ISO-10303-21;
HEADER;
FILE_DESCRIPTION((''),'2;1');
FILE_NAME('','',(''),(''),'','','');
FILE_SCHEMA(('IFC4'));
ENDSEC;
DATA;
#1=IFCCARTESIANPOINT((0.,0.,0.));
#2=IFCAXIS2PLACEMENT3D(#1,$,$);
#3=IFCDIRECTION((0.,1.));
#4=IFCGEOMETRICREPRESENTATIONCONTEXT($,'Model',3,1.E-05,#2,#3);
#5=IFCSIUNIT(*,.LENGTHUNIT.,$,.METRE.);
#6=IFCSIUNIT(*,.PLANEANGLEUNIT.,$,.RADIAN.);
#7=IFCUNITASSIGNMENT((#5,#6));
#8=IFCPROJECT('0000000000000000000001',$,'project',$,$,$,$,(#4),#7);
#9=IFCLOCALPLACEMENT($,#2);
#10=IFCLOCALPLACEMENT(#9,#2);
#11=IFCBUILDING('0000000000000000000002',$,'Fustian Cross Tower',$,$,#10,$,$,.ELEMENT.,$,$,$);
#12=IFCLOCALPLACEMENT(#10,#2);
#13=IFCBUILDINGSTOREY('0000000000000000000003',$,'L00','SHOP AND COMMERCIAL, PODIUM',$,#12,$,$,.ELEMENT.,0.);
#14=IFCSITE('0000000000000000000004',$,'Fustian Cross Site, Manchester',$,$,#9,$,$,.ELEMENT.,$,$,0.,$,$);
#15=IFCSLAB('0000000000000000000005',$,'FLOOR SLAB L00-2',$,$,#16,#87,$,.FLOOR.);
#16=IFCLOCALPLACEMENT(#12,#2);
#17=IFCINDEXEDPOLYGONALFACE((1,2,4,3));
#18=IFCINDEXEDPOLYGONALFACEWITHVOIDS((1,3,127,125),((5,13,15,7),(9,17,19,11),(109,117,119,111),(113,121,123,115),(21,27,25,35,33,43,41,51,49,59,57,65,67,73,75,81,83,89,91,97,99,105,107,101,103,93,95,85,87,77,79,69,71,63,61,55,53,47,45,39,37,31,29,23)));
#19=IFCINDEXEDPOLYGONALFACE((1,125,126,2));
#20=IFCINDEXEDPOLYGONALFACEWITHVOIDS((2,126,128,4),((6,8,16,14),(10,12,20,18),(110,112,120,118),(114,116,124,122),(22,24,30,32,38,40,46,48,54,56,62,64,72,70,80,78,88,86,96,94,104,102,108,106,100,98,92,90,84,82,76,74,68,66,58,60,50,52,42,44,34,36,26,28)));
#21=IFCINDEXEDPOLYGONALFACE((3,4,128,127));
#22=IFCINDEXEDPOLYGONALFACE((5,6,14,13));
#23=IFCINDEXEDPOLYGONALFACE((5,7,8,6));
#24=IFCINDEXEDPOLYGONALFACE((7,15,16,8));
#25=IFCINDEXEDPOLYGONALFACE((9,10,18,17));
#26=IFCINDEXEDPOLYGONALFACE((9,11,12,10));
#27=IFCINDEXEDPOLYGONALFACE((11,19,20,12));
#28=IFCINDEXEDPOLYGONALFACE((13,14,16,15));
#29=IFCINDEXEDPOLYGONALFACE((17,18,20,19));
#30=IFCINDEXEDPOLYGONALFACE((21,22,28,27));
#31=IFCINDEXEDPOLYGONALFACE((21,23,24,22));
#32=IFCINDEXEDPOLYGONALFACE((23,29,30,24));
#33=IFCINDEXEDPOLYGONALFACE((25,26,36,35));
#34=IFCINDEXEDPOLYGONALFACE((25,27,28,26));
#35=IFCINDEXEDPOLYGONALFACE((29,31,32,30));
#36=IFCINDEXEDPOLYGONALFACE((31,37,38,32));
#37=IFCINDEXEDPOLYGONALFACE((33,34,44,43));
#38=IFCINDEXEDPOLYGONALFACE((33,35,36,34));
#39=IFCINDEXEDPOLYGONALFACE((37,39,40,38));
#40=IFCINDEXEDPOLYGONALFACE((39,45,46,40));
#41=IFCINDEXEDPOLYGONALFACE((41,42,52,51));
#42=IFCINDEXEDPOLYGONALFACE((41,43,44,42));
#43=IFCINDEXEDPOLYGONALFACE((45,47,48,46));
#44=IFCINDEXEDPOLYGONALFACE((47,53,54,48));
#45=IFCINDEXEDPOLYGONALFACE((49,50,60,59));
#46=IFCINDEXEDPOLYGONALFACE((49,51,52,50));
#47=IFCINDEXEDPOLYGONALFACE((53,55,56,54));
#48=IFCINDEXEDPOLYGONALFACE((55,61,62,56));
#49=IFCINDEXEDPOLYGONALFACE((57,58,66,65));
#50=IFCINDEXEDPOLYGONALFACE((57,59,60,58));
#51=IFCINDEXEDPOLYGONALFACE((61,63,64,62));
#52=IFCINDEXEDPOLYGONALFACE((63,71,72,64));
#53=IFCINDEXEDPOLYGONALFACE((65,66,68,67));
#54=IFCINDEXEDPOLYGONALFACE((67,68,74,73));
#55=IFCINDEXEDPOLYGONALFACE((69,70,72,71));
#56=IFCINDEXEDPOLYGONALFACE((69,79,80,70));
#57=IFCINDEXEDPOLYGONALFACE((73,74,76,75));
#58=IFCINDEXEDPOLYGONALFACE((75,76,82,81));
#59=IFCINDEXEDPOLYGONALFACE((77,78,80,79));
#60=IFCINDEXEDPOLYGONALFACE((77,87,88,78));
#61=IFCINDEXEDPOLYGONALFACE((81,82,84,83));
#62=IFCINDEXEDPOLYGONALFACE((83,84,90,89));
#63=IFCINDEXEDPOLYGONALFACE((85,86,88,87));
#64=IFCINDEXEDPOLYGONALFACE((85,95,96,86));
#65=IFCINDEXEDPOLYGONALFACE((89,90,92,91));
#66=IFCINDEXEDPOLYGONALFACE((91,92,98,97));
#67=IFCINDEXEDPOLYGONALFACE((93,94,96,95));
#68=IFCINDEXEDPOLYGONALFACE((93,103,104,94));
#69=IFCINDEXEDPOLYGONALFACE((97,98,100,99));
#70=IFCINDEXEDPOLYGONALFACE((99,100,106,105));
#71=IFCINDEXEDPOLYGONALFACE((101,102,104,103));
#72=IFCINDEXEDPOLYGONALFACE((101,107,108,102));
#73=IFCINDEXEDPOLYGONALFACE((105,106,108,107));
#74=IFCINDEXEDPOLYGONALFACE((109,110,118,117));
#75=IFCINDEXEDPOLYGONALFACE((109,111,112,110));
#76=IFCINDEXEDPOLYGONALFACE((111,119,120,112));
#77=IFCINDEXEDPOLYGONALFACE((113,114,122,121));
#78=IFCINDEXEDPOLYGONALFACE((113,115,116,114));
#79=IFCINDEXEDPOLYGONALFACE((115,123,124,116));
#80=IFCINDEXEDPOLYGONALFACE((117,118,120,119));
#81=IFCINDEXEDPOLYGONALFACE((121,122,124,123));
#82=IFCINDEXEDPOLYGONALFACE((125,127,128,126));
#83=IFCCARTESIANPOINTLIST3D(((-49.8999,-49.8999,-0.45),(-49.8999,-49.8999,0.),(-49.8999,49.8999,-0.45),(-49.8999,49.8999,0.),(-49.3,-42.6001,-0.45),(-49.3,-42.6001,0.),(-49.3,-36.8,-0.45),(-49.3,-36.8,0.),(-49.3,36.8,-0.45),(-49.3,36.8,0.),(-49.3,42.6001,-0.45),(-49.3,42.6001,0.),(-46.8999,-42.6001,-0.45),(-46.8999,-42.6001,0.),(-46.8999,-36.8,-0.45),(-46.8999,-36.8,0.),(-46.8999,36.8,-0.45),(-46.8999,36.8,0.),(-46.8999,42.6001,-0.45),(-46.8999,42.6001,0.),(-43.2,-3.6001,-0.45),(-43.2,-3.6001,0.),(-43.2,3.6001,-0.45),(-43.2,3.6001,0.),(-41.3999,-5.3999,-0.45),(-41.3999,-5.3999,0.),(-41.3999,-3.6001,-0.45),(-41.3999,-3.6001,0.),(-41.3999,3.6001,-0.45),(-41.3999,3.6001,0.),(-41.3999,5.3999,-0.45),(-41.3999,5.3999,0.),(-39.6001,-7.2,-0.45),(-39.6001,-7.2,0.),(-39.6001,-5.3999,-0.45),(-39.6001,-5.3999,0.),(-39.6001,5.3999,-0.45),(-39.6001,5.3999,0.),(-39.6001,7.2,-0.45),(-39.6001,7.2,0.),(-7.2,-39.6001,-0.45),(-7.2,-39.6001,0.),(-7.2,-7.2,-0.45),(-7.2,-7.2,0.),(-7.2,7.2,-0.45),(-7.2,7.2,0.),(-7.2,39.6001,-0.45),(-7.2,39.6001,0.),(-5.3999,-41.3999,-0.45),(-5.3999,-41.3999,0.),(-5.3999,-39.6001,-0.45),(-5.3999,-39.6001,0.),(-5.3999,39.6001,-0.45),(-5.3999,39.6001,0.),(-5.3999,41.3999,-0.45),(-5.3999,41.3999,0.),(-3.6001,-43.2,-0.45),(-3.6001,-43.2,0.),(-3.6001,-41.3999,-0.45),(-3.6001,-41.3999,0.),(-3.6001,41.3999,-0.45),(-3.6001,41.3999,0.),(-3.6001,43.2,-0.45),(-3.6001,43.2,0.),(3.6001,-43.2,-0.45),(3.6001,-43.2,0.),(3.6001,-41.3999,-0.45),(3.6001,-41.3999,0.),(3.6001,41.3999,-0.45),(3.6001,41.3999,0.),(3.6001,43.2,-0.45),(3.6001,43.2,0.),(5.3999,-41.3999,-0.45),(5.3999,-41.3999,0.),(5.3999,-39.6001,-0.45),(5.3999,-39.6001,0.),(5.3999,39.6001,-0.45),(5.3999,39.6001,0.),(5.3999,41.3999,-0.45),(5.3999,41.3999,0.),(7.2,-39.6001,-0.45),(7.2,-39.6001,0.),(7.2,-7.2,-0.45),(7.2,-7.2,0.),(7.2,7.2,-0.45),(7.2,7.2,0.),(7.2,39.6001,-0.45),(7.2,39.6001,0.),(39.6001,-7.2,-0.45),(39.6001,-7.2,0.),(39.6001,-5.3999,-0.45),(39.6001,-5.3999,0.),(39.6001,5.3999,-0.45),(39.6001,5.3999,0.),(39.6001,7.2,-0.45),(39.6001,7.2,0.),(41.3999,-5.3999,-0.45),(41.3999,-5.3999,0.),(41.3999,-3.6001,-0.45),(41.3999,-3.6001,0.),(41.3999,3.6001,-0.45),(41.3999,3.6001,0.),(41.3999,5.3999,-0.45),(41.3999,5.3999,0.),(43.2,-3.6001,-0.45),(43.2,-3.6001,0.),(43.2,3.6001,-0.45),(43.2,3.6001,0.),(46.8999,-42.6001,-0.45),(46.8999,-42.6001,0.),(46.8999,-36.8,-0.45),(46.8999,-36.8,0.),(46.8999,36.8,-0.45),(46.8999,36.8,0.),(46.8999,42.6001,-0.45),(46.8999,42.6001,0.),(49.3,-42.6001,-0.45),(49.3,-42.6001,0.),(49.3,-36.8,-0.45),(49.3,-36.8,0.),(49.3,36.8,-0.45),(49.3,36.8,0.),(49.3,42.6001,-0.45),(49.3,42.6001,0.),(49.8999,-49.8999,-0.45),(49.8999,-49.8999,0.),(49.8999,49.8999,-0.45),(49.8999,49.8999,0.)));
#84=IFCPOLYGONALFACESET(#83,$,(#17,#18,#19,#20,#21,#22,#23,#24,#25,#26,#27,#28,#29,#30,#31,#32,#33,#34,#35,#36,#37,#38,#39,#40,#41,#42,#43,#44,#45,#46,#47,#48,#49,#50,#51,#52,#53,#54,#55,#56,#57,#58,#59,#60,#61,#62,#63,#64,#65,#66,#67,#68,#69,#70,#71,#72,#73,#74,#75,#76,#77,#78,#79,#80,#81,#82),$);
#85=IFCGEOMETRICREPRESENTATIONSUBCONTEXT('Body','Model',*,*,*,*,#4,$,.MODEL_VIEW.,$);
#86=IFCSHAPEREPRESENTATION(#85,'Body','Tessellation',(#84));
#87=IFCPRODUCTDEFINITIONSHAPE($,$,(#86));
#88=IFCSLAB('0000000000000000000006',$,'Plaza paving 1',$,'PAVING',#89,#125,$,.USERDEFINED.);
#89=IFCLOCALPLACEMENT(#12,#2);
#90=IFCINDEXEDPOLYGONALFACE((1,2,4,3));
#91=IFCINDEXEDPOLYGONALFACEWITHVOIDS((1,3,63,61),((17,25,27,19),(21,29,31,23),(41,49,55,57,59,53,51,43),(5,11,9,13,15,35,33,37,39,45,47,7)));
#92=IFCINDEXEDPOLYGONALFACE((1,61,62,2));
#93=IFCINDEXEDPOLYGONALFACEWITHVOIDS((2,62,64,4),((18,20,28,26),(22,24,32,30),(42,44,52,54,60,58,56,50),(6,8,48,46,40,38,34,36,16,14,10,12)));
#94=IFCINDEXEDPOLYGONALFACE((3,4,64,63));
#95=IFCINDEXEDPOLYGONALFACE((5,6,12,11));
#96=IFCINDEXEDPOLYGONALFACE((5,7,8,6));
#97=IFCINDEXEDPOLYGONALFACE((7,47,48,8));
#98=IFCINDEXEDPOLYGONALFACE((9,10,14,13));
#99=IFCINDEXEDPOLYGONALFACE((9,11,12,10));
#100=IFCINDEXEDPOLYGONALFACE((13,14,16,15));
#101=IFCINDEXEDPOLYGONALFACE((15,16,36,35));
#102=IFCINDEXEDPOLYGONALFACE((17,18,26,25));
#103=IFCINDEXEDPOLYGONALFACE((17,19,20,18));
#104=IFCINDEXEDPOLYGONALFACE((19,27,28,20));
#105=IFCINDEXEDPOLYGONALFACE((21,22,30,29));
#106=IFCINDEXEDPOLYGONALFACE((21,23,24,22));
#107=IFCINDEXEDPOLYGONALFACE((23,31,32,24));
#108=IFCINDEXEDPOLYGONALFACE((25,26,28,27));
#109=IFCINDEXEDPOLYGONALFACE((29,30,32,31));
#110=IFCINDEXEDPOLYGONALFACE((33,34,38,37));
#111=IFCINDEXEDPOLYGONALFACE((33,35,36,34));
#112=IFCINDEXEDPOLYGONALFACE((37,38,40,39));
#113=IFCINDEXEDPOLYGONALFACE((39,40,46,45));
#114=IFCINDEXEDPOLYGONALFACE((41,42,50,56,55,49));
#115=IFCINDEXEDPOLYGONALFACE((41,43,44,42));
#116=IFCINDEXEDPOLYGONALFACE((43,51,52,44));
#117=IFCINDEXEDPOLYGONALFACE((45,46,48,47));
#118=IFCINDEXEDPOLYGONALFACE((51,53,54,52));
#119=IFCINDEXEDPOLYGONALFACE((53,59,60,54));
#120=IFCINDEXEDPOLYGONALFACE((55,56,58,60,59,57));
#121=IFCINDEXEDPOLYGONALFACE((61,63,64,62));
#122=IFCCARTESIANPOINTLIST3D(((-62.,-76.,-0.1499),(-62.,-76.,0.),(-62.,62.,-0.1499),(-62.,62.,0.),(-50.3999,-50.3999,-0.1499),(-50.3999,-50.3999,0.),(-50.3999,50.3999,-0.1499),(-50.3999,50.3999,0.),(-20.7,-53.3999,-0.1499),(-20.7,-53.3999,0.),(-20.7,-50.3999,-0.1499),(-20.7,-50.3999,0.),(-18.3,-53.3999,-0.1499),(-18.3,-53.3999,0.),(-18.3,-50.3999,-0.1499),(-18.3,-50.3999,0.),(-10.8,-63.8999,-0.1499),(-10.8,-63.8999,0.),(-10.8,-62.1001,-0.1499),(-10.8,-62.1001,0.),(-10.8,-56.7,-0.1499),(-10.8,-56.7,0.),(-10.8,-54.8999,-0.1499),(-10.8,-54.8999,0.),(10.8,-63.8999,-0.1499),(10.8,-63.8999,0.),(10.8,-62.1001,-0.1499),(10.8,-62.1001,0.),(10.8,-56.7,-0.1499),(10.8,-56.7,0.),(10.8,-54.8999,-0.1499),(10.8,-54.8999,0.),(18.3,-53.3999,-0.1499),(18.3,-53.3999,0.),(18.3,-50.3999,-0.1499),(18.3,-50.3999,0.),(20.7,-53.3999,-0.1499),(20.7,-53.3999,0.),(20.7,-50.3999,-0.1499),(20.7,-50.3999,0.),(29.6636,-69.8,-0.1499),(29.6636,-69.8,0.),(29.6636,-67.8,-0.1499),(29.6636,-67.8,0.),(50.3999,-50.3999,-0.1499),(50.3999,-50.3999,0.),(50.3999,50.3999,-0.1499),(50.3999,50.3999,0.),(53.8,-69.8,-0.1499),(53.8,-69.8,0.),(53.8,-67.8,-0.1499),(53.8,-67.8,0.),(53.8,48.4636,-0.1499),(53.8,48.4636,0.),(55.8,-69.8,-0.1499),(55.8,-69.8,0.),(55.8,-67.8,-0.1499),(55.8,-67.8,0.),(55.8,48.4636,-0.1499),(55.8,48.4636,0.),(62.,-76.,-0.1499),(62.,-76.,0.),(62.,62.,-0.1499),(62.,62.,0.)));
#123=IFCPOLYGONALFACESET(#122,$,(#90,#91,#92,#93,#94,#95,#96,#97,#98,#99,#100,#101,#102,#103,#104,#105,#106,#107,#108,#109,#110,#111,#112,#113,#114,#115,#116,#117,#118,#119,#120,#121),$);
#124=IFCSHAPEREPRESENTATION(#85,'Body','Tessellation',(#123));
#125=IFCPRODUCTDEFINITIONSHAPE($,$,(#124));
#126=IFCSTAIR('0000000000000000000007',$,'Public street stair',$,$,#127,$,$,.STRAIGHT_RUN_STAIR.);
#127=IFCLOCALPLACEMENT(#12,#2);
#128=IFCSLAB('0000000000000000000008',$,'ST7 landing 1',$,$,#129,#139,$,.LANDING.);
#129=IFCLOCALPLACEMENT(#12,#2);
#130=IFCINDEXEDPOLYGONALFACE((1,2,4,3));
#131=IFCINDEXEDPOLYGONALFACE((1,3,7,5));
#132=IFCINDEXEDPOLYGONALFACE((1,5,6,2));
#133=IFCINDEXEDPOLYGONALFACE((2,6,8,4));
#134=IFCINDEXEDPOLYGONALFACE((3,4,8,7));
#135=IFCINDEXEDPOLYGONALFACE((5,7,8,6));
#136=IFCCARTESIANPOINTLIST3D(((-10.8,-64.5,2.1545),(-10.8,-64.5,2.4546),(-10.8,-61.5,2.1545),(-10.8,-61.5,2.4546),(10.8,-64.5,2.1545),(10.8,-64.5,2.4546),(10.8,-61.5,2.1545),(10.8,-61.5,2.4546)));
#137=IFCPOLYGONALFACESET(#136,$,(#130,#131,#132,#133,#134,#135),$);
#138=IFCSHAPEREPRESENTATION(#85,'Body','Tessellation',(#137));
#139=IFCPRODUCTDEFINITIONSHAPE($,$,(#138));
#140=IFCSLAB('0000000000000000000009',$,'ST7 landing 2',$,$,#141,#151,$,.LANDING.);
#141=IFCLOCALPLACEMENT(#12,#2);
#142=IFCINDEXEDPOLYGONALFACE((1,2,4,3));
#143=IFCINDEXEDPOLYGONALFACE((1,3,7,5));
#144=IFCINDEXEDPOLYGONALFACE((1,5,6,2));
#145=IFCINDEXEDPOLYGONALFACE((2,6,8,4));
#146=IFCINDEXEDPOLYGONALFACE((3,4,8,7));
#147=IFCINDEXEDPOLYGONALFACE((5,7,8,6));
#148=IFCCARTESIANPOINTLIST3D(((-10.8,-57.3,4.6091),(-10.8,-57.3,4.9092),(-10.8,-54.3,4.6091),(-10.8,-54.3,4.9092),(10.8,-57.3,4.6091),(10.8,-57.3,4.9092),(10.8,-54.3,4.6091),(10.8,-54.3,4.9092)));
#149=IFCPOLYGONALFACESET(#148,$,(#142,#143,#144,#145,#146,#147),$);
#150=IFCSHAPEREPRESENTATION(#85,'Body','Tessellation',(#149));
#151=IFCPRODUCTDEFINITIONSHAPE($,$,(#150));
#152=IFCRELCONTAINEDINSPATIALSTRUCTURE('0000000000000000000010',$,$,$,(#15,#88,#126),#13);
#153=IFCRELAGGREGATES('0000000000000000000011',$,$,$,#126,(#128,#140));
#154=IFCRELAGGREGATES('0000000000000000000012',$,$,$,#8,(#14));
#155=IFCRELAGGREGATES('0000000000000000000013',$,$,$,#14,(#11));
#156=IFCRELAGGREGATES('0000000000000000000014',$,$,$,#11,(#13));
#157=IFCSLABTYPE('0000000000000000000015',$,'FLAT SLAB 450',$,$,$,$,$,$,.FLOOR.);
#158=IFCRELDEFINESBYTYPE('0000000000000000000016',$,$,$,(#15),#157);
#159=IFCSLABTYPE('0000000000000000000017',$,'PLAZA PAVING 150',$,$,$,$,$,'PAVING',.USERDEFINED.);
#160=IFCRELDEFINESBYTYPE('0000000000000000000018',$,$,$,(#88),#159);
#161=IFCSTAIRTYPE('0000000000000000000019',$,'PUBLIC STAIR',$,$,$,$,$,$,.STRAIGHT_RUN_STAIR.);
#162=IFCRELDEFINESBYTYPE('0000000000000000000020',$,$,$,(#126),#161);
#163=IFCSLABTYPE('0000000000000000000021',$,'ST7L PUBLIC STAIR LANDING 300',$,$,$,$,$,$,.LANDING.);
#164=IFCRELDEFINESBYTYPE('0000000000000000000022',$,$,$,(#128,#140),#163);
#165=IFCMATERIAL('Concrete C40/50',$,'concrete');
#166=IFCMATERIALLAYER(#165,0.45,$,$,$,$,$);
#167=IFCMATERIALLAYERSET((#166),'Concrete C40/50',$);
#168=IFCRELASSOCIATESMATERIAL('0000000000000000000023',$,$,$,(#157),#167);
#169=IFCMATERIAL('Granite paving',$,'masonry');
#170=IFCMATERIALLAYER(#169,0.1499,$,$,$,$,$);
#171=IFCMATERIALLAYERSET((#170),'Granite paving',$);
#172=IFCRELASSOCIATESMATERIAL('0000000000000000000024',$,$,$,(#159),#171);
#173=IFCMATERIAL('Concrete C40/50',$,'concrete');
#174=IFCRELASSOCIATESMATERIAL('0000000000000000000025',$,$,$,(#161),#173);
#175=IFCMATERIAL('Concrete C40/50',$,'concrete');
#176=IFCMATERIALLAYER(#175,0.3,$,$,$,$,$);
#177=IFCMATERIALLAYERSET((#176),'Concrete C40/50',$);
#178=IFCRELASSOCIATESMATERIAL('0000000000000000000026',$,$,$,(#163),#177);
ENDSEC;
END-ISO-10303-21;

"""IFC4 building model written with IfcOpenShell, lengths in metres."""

from ifc_helpers import new_model, si_unit, direction, frame, origin, place, context, subcontext, project, spatial, polyline, outline, extrude, material, layer, layer_set, type_object, element, aggregate, save


model = new_model("IFC4")

# Units and contexts
model_context = context("Model", 3, precision=1e-05, world=origin(), true_north=direction((0.0, 1.0)))
body_context = subcontext(model_context, "Body", "Model", "MODEL_VIEW")
ifc_project = project(units=[si_unit("LENGTHUNIT", "METRE"), si_unit("PLANEANGLEUNIT", "RADIAN")], contexts=[model_context])

# Site, building, storey
site_placement = place(None, origin())
site = spatial("IfcSite", under=ifc_project, at=site_placement, Name="Fustian Cross Site, Manchester", CompositionType="ELEMENT", RefElevation=0.0)
building_placement = place(site_placement, origin())
building = spatial("IfcBuilding", under=site, at=building_placement, Name="Fustian Cross Tower", CompositionType="ELEMENT")
storey_placement = place(building_placement, origin())
storey = spatial("IfcBuildingStorey", under=building, at=storey_placement, Name="L00", Description="SHOP AND COMMERCIAL, PODIUM", CompositionType="ELEMENT", Elevation=0.0)

# Slabs
ifc_material_1 = material(Name="Concrete C40/50", Category="concrete")
ifc_layer_1 = layer(ifc_material_1, 0.45)
ifc_layer_set_1 = layer_set([ifc_layer_1], Name="Concrete C40/50")
slab_type_1 = type_object("IfcSlabType", Name="FLAT SLAB 450", PredefinedType="FLOOR", material=ifc_layer_set_1)
slab_1_placement = place(storey_placement, frame((0.0, 0.0, -0.45)))
element("IfcSlab", 1, at=slab_1_placement, inside=storey, type_object=slab_type_1, Name="FLOOR SLAB L00-2", PredefinedType="FLOOR", context=body_context, shape_type="SweptSolid", body=[
    extrude(outline(polyline([(49.8999, 49.8999), (49.8999, -49.8999), (-49.8999, -49.8999), (-49.8999, 49.8999), (49.8999, 49.8999)]), holes=[polyline([(49.3, 42.6001), (46.8999, 42.6001), (46.8999, 36.8), (49.3, 36.8), (49.3, 42.6001)]), polyline([(-46.8999, 36.8), (-46.8999, 42.6001), (-49.3, 42.6001), (-49.3, 36.8), (-46.8999, 36.8)]), polyline([(46.8999, -42.6001), (49.3, -42.6001), (49.3, -36.8), (46.8999, -36.8), (46.8999, -42.6001)]), polyline([(-49.3, -36.8), (-49.3, -42.6001), (-46.8999, -42.6001), (-46.8999, -36.8), (-49.3, -36.8)]), polyline([(7.2, -7.2), (39.6001, -7.2), (39.6001, -5.3999), (41.3999, -5.3999), (41.3999, -3.6001), (43.2, -3.6001), (43.2, 3.6001), (41.3999, 3.6001), (41.3999, 5.3999), (39.6001, 5.3999), (39.6001, 7.2), (7.2, 7.2), (7.2, 39.6001), (5.3999, 39.6001), (5.3999, 41.3999), (3.6001, 41.3999), (3.6001, 43.2), (-3.6001, 43.2), (-3.6001, 41.3999), (-5.3999, 41.3999), (-5.3999, 39.6001), (-7.2, 39.6001), (-7.2, 7.2), (-39.6001, 7.2), (-39.6001, 5.3999), (-41.3999, 5.3999), (-41.3999, 3.6001), (-43.2, 3.6001), (-43.2, -3.6001), (-41.3999, -3.6001), (-41.3999, -5.3999), (-39.6001, -5.3999), (-39.6001, -7.2), (-7.2, -7.2), (-7.2, -39.6001), (-5.3999, -39.6001), (-5.3999, -41.3999), (-3.6001, -41.3999), (-3.6001, -43.2), (3.6001, -43.2), (3.6001, -41.3999), (5.3999, -41.3999), (5.3999, -39.6001), (7.2, -39.6001), (7.2, -7.2)])]), origin(), (0.0, 0.0, 1.0), 0.45),
])
ifc_material_2 = material(Name="Granite paving", Category="masonry")
ifc_layer_2 = layer(ifc_material_2, 0.1499)
ifc_layer_set_2 = layer_set([ifc_layer_2], Name="Granite paving")
slab_type_2 = type_object("IfcSlabType", Name="PLAZA PAVING 150", ElementType="PAVING", PredefinedType="USERDEFINED", material=ifc_layer_set_2)
slab_2_placement = place(storey_placement, frame((0.0, 0.0, -0.1499)))
element("IfcSlab", 2, at=slab_2_placement, inside=storey, type_object=slab_type_2, Name="Plaza paving 1", ObjectType="PAVING", PredefinedType="USERDEFINED", context=body_context, shape_type="SweptSolid", body=[
    extrude(outline(polyline([(-62.0, 62.0), (-62.0, -76.0), (62.0, -76.0), (62.0, 62.0), (-62.0, 62.0)]), holes=[polyline([(-18.3, -53.3999), (-18.3, -50.3999), (18.3, -50.3999), (18.3, -53.3999), (20.7, -53.3999), (20.7, -50.3999), (50.3999, -50.3999), (50.3999, 50.3999), (-50.3999, 50.3999), (-50.3999, -50.3999), (-20.7, -50.3999), (-20.7, -53.3999), (-18.3, -53.3999)]), polyline([(53.8, 48.4636), (53.8, -67.8), (29.6636, -67.8), (29.6636, -69.8), (53.8, -69.8), (55.8, -69.8), (55.8, -67.8), (55.8, 48.4636), (53.8, 48.4636)]), polyline([(-10.8, -62.1001), (-10.8, -63.8999), (10.8, -63.8999), (10.8, -62.1001), (-10.8, -62.1001)]), polyline([(10.8, -54.8999), (-10.8, -54.8999), (-10.8, -56.7), (10.8, -56.7), (10.8, -54.8999)])]), origin(), (0.0, 0.0, 1.0), 0.1499),
])

# Stair, slabs
ifc_material_3 = material(Name="Concrete C40/50", Category="concrete")
stair_type = type_object("IfcStairType", Name="PUBLIC STAIR", PredefinedType="STRAIGHT_RUN_STAIR", material=ifc_material_3)
stair_placement = place(storey_placement, origin())
stair = element("IfcStair", 3, at=stair_placement, inside=storey, type_object=stair_type, Name="Public street stair", PredefinedType="STRAIGHT_RUN_STAIR")
ifc_material_4 = material(Name="Concrete C40/50", Category="concrete")
ifc_layer_3 = layer(ifc_material_4, 0.3)
ifc_layer_set_3 = layer_set([ifc_layer_3], Name="Concrete C40/50")
slab_type_3 = type_object("IfcSlabType", Name="ST7L PUBLIC STAIR LANDING 300", PredefinedType="LANDING", material=ifc_layer_set_3)
slab_3_placement = place(storey_placement, frame((0.0, 0.0, 2.1545)))
slab_3 = element("IfcSlab", 4, at=slab_3_placement, type_object=slab_type_3, Name="ST7 landing 1", PredefinedType="LANDING", context=body_context, shape_type="SweptSolid", body=[
    extrude(outline(polyline([(-10.8, -64.5), (10.8, -64.5), (10.8, -61.5), (-10.8, -61.5), (-10.8, -64.5)])), origin(), (0.0, 0.0, 1.0), 0.3),
])
slab_4_placement = place(storey_placement, frame((0.0, 0.0, 4.6091)))
slab_4 = element("IfcSlab", 5, at=slab_4_placement, type_object=slab_type_3, Name="ST7 landing 2", PredefinedType="LANDING", context=body_context, shape_type="SweptSolid", body=[
    extrude(outline(polyline([(-10.8, -57.3), (10.8, -57.3), (10.8, -54.3), (-10.8, -54.3), (-10.8, -57.3)])), origin(), (0.0, 0.0, 1.0), 0.3),
])
aggregate(stair, [slab_3, slab_4])

save(model, "model.ifc")
